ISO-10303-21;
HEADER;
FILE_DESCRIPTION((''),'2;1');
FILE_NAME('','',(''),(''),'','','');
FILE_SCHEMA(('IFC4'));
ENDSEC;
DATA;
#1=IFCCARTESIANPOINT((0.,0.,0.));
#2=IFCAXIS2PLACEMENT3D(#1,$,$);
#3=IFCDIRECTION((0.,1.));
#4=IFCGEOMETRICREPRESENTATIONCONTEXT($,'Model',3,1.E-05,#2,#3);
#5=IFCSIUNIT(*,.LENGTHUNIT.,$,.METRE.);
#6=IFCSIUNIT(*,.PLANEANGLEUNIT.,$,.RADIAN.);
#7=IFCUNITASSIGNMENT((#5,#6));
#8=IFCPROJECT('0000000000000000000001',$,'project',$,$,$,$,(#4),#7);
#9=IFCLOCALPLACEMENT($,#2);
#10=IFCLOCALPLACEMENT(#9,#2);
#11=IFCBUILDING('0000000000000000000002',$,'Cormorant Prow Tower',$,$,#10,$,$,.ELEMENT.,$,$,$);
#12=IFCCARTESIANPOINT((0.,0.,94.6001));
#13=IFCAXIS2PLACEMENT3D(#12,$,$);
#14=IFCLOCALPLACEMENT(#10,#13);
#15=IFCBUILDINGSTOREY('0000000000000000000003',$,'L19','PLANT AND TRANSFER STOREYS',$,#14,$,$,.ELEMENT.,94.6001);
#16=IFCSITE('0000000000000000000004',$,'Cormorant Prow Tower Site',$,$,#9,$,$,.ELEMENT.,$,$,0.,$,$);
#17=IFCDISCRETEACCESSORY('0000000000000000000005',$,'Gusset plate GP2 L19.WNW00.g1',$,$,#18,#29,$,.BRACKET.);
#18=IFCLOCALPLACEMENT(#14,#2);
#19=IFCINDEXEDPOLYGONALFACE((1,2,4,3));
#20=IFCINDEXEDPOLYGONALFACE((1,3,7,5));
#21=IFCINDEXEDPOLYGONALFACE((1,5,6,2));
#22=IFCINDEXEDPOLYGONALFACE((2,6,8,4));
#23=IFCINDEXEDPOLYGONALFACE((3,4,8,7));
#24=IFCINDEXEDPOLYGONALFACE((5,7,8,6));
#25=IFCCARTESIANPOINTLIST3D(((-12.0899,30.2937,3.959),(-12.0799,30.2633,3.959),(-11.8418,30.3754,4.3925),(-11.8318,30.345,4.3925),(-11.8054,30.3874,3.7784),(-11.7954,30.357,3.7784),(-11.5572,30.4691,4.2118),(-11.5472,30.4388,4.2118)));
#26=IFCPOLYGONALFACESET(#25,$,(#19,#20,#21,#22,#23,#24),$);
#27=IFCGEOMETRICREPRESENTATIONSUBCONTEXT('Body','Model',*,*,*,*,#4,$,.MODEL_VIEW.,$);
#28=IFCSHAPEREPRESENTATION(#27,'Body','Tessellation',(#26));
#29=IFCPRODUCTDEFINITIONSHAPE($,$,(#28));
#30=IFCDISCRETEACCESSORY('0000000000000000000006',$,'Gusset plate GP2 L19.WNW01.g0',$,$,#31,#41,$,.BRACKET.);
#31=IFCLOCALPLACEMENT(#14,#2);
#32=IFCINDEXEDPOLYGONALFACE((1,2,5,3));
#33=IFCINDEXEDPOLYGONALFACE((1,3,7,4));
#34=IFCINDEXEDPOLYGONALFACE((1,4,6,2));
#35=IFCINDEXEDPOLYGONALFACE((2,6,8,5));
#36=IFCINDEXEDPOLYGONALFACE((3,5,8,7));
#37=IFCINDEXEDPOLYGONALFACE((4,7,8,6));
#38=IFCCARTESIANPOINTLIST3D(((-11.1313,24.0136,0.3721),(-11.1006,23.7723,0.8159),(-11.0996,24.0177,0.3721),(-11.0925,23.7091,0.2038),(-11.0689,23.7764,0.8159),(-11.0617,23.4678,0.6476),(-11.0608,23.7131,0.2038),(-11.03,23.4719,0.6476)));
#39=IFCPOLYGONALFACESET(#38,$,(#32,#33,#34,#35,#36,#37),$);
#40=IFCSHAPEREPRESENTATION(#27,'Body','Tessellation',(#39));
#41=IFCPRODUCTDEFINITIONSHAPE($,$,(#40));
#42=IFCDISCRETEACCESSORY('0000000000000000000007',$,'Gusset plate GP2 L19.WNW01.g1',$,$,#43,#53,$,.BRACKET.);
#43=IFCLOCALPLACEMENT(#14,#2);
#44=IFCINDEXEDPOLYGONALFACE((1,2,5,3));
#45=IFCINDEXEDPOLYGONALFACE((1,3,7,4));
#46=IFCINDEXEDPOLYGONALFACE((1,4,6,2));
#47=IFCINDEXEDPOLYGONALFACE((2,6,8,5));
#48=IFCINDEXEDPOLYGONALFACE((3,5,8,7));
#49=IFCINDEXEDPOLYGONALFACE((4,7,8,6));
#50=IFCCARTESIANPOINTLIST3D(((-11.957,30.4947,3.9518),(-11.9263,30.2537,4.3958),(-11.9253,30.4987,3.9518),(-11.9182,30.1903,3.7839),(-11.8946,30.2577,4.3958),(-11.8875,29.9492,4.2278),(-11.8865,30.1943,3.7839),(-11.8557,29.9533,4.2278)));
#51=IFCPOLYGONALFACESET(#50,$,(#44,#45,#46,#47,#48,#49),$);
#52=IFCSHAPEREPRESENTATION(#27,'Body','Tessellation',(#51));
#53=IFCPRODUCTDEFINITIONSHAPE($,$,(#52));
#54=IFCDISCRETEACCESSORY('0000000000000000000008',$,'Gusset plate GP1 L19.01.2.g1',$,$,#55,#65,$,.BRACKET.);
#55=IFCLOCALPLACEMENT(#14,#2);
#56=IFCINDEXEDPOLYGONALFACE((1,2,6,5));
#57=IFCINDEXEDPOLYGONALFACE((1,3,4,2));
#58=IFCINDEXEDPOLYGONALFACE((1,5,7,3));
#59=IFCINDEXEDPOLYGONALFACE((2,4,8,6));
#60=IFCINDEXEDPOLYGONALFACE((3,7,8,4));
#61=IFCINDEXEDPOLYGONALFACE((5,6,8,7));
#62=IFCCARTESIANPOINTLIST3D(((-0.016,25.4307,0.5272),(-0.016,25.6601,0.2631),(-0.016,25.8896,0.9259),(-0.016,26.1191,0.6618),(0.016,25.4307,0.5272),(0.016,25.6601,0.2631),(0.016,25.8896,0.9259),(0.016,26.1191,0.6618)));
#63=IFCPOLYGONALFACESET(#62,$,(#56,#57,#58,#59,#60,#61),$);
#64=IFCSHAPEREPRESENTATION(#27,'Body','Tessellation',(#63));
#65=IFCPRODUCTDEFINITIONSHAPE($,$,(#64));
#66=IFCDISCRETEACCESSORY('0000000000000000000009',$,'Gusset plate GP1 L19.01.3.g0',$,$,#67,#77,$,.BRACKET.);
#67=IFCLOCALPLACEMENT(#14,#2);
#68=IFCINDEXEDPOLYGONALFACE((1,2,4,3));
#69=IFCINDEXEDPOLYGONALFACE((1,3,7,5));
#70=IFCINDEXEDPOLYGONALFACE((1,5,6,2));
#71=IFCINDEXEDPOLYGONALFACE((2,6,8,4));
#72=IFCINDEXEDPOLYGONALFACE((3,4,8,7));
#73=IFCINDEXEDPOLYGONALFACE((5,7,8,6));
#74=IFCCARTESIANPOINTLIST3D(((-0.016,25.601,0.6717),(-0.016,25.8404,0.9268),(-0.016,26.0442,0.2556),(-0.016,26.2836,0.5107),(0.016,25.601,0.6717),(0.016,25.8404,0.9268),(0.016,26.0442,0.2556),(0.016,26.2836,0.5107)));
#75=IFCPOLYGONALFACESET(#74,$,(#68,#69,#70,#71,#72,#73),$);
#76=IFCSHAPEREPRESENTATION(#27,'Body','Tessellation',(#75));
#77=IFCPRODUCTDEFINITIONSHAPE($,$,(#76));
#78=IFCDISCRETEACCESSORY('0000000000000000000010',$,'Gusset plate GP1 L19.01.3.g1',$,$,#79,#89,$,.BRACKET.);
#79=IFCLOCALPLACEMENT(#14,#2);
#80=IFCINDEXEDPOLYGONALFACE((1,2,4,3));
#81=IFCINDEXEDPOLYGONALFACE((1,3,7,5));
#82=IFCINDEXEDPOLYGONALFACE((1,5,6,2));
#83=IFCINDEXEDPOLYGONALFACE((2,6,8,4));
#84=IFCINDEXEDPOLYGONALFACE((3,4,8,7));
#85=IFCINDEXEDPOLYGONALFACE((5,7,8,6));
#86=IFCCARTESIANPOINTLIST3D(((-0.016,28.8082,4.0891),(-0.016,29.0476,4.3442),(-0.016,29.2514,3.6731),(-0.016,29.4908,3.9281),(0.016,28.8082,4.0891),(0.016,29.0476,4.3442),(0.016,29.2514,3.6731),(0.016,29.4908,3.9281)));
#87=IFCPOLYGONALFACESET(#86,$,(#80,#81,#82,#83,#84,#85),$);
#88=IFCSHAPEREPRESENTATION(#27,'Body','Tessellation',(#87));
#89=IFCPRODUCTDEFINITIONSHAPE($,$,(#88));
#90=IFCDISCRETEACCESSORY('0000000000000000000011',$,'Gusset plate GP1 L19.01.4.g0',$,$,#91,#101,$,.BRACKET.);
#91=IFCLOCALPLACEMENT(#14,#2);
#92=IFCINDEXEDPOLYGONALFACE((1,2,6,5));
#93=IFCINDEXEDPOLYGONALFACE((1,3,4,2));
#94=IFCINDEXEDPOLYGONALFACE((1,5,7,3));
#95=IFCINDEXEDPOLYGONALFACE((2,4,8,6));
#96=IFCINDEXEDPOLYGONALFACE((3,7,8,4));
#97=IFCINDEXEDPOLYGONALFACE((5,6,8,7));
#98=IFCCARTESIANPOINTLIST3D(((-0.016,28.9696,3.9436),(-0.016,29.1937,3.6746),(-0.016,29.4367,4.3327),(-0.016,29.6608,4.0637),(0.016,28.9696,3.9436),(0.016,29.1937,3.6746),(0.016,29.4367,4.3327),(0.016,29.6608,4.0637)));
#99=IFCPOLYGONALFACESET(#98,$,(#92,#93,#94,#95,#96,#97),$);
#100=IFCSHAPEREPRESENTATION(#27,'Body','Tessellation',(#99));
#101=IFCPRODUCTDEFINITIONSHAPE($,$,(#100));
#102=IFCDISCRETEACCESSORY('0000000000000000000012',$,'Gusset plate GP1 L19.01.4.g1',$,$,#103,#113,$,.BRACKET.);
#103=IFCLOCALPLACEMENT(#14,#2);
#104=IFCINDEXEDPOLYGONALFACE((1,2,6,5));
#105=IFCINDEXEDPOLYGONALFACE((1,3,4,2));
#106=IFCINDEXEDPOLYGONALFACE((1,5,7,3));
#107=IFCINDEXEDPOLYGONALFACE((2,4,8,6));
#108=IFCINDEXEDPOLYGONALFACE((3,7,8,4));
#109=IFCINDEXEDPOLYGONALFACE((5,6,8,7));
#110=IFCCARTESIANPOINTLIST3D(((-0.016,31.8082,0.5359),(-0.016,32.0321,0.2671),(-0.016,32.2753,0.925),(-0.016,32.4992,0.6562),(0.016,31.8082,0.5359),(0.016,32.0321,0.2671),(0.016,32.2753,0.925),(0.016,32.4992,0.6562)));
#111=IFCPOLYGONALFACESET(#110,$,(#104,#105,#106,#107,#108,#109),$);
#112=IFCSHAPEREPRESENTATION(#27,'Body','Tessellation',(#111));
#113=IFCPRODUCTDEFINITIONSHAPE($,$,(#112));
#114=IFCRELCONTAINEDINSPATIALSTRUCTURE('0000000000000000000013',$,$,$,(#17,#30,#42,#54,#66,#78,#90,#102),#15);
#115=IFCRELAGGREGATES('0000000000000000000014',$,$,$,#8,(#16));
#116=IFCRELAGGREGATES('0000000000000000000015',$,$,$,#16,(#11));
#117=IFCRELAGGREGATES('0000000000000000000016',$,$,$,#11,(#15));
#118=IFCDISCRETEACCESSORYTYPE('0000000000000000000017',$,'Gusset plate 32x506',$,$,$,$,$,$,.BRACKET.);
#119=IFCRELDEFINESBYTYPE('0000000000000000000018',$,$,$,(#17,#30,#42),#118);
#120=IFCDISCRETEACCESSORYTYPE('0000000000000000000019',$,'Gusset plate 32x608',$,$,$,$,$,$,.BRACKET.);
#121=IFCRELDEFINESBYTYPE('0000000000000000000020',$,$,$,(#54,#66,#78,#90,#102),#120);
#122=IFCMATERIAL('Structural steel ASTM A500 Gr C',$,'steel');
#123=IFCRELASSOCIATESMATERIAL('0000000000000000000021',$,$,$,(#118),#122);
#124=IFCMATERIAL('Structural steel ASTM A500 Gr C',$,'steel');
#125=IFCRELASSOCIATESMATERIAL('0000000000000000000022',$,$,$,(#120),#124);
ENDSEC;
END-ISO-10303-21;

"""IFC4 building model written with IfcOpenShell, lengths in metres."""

from ifc_helpers import new_model, si_unit, direction, frame, origin, origin_2d, place, context, subcontext, project, spatial, rectangle, extrude, material, material_profile, profile_set, type_object, element, save


model = new_model("IFC4")

# Units and contexts
model_context = context("Model", 3, precision=1e-05, world=origin(), true_north=direction((0.0, 1.0)))
body_context = subcontext(model_context, "Body", "Model", "MODEL_VIEW")
ifc_project = project(units=[si_unit("LENGTHUNIT", "METRE"), si_unit("PLANEANGLEUNIT", "RADIAN")], contexts=[model_context])

# Site, building, storey
site_placement = place(None, origin())
site = spatial("IfcSite", under=ifc_project, at=site_placement, Name="Cormorant Prow Tower Site", CompositionType="ELEMENT", RefElevation=0.0)
building_placement = place(site_placement, origin())
building = spatial("IfcBuilding", under=site, at=building_placement, Name="Cormorant Prow Tower", CompositionType="ELEMENT")
storey_placement = place(building_placement, frame((0.0, 0.0, 94.6001)))
storey = spatial("IfcBuildingStorey", under=building, at=storey_placement, Name="L19", Description="PLANT AND TRANSFER STOREYS", CompositionType="ELEMENT", Elevation=94.6001)

# Discrete accessories
ifc_material_1 = material(Name="Structural steel ASTM A500 Gr C", Category="steel")
ifc_material_profile_1 = material_profile(ifc_material_1, rectangle(XDim=0.032, YDim=0.5061, at=origin_2d()), Name="Gusset plate 32x506")
ifc_profile_set_1 = profile_set([ifc_material_profile_1], Name="Structural steel ASTM A500 Gr C")
discrete_accessory_type_1 = type_object("IfcDiscreteAccessoryType", Name="Gusset plate 32x506", PredefinedType="BRACKET", material=ifc_profile_set_1)
for number, where, z_axis, x_axis, name in (
    (1, (-11.6763, 30.4131, 3.9951), (-0.813455, -0.267896, 0.516258), (0.312804, -0.949818, 0.0), "Gusset plate GP2 L19.WNW00.g1"),
):
    element("IfcDiscreteAccessory", number, at=place(storey_placement, frame(where, z_axis=z_axis, x_axis=x_axis)), inside=storey, type_object=discrete_accessory_type_1, Name=name, PredefinedType="BRACKET", context=body_context, shape_type="SweptSolid", body=[
        extrude(rectangle(XDim=0.032, YDim=0.5061, at=origin_2d()), origin(), (0.0, 0.0, 1.0), 0.3499),
    ])
discrete_accessory_1_placement = place(storey_placement, frame((-11.1001, 23.895, 0.594), z_axis=(0.110915, -0.86988, -0.480631), x_axis=(0.991969, 0.126482, 0.0)))
element("IfcDiscreteAccessory", 2, at=discrete_accessory_1_placement, inside=storey, type_object=discrete_accessory_type_1, Name="Gusset plate GP2 L19.WNW01.g0", PredefinedType="BRACKET", context=body_context, shape_type="SweptSolid", body=[
    extrude(rectangle(XDim=0.032, YDim=0.5061, at=origin_2d()), origin(), (0.0, 0.0, 1.0), 0.3501),
])
discrete_accessory_2_placement = place(storey_placement, frame((-11.887, 30.0718, 4.0059), z_axis=(-0.110952, 0.870172, 0.480095), x_axis=(-0.991969, -0.126482, 0.0)))
element("IfcDiscreteAccessory", 3, at=discrete_accessory_2_placement, inside=storey, type_object=discrete_accessory_type_1, Name="Gusset plate GP2 L19.WNW01.g1", PredefinedType="BRACKET", context=body_context, shape_type="SweptSolid", body=[
    extrude(rectangle(XDim=0.032, YDim=0.5061, at=origin_2d()), origin(), (0.0, 0.0, 1.0), 0.3499),
])
ifc_material_2 = material(Name="Structural steel ASTM A500 Gr C", Category="steel")
ifc_material_profile_2 = material_profile(ifc_material_2, rectangle(XDim=0.032, YDim=0.6079, at=origin_2d()), Name="Gusset plate 32x608")
ifc_profile_set_2 = profile_set([ifc_material_profile_2], Name="Structural steel ASTM A500 Gr C")
discrete_accessory_type_2 = type_object("IfcDiscreteAccessoryType", Name="Gusset plate 32x608", PredefinedType="BRACKET", material=ifc_profile_set_2)
for number, where, z_axis, x_axis, name in (
    (4, (0.0, 25.6602, 0.7266), (0.0, 0.655833, -0.754906), (-1.0, 0.0, 0.0), "Gusset plate GP1 L19.01.2.g1"),
    (5, (0.0, 26.062, 0.7188), (0.0, -0.684428, -0.72908), (1.0, 0.0, 0.0), "Gusset plate GP1 L19.01.3.g0"),
    (6, (0.0, 29.0298, 3.8811), (0.0, 0.684428, 0.72908), (-1.0, 0.0, 0.0), "Gusset plate GP1 L19.01.3.g1"),
):
    element("IfcDiscreteAccessory", number, at=place(storey_placement, frame(where, z_axis=z_axis, x_axis=x_axis)), inside=storey, type_object=discrete_accessory_type_2, Name=name, PredefinedType="BRACKET", context=body_context, shape_type="SweptSolid", body=[
        extrude(rectangle(XDim=0.032, YDim=0.6079, at=origin_2d()), origin(), (0.0, 0.0, 1.0), 0.3499),
    ])
discrete_accessory_3_placement = place(storey_placement, frame((0.0, 29.4272, 3.8691), z_axis=(0.0, -0.640047, 0.768336), x_axis=(1.0, 0.0, 0.0)))
element("IfcDiscreteAccessory", 7, at=discrete_accessory_3_placement, inside=storey, type_object=discrete_accessory_type_2, Name="Gusset plate GP1 L19.01.4.g0", PredefinedType="BRACKET", context=body_context, shape_type="SweptSolid", body=[
    extrude(rectangle(XDim=0.032, YDim=0.6079, at=origin_2d()), origin(), (0.0, 0.0, 1.0), 0.3501),
])
discrete_accessory_4_placement = place(storey_placement, frame((0.0, 32.0417, 0.7305), z_axis=(0.0, 0.639978, -0.768393), x_axis=(-1.0, 0.0, 0.0)))
element("IfcDiscreteAccessory", 8, at=discrete_accessory_4_placement, inside=storey, type_object=discrete_accessory_type_2, Name="Gusset plate GP1 L19.01.4.g1", PredefinedType="BRACKET", context=body_context, shape_type="SweptSolid", body=[
    extrude(rectangle(XDim=0.032, YDim=0.6079, at=origin_2d()), origin(), (0.0, 0.0, 1.0), 0.3499),
])

save(model, "model.ifc")
